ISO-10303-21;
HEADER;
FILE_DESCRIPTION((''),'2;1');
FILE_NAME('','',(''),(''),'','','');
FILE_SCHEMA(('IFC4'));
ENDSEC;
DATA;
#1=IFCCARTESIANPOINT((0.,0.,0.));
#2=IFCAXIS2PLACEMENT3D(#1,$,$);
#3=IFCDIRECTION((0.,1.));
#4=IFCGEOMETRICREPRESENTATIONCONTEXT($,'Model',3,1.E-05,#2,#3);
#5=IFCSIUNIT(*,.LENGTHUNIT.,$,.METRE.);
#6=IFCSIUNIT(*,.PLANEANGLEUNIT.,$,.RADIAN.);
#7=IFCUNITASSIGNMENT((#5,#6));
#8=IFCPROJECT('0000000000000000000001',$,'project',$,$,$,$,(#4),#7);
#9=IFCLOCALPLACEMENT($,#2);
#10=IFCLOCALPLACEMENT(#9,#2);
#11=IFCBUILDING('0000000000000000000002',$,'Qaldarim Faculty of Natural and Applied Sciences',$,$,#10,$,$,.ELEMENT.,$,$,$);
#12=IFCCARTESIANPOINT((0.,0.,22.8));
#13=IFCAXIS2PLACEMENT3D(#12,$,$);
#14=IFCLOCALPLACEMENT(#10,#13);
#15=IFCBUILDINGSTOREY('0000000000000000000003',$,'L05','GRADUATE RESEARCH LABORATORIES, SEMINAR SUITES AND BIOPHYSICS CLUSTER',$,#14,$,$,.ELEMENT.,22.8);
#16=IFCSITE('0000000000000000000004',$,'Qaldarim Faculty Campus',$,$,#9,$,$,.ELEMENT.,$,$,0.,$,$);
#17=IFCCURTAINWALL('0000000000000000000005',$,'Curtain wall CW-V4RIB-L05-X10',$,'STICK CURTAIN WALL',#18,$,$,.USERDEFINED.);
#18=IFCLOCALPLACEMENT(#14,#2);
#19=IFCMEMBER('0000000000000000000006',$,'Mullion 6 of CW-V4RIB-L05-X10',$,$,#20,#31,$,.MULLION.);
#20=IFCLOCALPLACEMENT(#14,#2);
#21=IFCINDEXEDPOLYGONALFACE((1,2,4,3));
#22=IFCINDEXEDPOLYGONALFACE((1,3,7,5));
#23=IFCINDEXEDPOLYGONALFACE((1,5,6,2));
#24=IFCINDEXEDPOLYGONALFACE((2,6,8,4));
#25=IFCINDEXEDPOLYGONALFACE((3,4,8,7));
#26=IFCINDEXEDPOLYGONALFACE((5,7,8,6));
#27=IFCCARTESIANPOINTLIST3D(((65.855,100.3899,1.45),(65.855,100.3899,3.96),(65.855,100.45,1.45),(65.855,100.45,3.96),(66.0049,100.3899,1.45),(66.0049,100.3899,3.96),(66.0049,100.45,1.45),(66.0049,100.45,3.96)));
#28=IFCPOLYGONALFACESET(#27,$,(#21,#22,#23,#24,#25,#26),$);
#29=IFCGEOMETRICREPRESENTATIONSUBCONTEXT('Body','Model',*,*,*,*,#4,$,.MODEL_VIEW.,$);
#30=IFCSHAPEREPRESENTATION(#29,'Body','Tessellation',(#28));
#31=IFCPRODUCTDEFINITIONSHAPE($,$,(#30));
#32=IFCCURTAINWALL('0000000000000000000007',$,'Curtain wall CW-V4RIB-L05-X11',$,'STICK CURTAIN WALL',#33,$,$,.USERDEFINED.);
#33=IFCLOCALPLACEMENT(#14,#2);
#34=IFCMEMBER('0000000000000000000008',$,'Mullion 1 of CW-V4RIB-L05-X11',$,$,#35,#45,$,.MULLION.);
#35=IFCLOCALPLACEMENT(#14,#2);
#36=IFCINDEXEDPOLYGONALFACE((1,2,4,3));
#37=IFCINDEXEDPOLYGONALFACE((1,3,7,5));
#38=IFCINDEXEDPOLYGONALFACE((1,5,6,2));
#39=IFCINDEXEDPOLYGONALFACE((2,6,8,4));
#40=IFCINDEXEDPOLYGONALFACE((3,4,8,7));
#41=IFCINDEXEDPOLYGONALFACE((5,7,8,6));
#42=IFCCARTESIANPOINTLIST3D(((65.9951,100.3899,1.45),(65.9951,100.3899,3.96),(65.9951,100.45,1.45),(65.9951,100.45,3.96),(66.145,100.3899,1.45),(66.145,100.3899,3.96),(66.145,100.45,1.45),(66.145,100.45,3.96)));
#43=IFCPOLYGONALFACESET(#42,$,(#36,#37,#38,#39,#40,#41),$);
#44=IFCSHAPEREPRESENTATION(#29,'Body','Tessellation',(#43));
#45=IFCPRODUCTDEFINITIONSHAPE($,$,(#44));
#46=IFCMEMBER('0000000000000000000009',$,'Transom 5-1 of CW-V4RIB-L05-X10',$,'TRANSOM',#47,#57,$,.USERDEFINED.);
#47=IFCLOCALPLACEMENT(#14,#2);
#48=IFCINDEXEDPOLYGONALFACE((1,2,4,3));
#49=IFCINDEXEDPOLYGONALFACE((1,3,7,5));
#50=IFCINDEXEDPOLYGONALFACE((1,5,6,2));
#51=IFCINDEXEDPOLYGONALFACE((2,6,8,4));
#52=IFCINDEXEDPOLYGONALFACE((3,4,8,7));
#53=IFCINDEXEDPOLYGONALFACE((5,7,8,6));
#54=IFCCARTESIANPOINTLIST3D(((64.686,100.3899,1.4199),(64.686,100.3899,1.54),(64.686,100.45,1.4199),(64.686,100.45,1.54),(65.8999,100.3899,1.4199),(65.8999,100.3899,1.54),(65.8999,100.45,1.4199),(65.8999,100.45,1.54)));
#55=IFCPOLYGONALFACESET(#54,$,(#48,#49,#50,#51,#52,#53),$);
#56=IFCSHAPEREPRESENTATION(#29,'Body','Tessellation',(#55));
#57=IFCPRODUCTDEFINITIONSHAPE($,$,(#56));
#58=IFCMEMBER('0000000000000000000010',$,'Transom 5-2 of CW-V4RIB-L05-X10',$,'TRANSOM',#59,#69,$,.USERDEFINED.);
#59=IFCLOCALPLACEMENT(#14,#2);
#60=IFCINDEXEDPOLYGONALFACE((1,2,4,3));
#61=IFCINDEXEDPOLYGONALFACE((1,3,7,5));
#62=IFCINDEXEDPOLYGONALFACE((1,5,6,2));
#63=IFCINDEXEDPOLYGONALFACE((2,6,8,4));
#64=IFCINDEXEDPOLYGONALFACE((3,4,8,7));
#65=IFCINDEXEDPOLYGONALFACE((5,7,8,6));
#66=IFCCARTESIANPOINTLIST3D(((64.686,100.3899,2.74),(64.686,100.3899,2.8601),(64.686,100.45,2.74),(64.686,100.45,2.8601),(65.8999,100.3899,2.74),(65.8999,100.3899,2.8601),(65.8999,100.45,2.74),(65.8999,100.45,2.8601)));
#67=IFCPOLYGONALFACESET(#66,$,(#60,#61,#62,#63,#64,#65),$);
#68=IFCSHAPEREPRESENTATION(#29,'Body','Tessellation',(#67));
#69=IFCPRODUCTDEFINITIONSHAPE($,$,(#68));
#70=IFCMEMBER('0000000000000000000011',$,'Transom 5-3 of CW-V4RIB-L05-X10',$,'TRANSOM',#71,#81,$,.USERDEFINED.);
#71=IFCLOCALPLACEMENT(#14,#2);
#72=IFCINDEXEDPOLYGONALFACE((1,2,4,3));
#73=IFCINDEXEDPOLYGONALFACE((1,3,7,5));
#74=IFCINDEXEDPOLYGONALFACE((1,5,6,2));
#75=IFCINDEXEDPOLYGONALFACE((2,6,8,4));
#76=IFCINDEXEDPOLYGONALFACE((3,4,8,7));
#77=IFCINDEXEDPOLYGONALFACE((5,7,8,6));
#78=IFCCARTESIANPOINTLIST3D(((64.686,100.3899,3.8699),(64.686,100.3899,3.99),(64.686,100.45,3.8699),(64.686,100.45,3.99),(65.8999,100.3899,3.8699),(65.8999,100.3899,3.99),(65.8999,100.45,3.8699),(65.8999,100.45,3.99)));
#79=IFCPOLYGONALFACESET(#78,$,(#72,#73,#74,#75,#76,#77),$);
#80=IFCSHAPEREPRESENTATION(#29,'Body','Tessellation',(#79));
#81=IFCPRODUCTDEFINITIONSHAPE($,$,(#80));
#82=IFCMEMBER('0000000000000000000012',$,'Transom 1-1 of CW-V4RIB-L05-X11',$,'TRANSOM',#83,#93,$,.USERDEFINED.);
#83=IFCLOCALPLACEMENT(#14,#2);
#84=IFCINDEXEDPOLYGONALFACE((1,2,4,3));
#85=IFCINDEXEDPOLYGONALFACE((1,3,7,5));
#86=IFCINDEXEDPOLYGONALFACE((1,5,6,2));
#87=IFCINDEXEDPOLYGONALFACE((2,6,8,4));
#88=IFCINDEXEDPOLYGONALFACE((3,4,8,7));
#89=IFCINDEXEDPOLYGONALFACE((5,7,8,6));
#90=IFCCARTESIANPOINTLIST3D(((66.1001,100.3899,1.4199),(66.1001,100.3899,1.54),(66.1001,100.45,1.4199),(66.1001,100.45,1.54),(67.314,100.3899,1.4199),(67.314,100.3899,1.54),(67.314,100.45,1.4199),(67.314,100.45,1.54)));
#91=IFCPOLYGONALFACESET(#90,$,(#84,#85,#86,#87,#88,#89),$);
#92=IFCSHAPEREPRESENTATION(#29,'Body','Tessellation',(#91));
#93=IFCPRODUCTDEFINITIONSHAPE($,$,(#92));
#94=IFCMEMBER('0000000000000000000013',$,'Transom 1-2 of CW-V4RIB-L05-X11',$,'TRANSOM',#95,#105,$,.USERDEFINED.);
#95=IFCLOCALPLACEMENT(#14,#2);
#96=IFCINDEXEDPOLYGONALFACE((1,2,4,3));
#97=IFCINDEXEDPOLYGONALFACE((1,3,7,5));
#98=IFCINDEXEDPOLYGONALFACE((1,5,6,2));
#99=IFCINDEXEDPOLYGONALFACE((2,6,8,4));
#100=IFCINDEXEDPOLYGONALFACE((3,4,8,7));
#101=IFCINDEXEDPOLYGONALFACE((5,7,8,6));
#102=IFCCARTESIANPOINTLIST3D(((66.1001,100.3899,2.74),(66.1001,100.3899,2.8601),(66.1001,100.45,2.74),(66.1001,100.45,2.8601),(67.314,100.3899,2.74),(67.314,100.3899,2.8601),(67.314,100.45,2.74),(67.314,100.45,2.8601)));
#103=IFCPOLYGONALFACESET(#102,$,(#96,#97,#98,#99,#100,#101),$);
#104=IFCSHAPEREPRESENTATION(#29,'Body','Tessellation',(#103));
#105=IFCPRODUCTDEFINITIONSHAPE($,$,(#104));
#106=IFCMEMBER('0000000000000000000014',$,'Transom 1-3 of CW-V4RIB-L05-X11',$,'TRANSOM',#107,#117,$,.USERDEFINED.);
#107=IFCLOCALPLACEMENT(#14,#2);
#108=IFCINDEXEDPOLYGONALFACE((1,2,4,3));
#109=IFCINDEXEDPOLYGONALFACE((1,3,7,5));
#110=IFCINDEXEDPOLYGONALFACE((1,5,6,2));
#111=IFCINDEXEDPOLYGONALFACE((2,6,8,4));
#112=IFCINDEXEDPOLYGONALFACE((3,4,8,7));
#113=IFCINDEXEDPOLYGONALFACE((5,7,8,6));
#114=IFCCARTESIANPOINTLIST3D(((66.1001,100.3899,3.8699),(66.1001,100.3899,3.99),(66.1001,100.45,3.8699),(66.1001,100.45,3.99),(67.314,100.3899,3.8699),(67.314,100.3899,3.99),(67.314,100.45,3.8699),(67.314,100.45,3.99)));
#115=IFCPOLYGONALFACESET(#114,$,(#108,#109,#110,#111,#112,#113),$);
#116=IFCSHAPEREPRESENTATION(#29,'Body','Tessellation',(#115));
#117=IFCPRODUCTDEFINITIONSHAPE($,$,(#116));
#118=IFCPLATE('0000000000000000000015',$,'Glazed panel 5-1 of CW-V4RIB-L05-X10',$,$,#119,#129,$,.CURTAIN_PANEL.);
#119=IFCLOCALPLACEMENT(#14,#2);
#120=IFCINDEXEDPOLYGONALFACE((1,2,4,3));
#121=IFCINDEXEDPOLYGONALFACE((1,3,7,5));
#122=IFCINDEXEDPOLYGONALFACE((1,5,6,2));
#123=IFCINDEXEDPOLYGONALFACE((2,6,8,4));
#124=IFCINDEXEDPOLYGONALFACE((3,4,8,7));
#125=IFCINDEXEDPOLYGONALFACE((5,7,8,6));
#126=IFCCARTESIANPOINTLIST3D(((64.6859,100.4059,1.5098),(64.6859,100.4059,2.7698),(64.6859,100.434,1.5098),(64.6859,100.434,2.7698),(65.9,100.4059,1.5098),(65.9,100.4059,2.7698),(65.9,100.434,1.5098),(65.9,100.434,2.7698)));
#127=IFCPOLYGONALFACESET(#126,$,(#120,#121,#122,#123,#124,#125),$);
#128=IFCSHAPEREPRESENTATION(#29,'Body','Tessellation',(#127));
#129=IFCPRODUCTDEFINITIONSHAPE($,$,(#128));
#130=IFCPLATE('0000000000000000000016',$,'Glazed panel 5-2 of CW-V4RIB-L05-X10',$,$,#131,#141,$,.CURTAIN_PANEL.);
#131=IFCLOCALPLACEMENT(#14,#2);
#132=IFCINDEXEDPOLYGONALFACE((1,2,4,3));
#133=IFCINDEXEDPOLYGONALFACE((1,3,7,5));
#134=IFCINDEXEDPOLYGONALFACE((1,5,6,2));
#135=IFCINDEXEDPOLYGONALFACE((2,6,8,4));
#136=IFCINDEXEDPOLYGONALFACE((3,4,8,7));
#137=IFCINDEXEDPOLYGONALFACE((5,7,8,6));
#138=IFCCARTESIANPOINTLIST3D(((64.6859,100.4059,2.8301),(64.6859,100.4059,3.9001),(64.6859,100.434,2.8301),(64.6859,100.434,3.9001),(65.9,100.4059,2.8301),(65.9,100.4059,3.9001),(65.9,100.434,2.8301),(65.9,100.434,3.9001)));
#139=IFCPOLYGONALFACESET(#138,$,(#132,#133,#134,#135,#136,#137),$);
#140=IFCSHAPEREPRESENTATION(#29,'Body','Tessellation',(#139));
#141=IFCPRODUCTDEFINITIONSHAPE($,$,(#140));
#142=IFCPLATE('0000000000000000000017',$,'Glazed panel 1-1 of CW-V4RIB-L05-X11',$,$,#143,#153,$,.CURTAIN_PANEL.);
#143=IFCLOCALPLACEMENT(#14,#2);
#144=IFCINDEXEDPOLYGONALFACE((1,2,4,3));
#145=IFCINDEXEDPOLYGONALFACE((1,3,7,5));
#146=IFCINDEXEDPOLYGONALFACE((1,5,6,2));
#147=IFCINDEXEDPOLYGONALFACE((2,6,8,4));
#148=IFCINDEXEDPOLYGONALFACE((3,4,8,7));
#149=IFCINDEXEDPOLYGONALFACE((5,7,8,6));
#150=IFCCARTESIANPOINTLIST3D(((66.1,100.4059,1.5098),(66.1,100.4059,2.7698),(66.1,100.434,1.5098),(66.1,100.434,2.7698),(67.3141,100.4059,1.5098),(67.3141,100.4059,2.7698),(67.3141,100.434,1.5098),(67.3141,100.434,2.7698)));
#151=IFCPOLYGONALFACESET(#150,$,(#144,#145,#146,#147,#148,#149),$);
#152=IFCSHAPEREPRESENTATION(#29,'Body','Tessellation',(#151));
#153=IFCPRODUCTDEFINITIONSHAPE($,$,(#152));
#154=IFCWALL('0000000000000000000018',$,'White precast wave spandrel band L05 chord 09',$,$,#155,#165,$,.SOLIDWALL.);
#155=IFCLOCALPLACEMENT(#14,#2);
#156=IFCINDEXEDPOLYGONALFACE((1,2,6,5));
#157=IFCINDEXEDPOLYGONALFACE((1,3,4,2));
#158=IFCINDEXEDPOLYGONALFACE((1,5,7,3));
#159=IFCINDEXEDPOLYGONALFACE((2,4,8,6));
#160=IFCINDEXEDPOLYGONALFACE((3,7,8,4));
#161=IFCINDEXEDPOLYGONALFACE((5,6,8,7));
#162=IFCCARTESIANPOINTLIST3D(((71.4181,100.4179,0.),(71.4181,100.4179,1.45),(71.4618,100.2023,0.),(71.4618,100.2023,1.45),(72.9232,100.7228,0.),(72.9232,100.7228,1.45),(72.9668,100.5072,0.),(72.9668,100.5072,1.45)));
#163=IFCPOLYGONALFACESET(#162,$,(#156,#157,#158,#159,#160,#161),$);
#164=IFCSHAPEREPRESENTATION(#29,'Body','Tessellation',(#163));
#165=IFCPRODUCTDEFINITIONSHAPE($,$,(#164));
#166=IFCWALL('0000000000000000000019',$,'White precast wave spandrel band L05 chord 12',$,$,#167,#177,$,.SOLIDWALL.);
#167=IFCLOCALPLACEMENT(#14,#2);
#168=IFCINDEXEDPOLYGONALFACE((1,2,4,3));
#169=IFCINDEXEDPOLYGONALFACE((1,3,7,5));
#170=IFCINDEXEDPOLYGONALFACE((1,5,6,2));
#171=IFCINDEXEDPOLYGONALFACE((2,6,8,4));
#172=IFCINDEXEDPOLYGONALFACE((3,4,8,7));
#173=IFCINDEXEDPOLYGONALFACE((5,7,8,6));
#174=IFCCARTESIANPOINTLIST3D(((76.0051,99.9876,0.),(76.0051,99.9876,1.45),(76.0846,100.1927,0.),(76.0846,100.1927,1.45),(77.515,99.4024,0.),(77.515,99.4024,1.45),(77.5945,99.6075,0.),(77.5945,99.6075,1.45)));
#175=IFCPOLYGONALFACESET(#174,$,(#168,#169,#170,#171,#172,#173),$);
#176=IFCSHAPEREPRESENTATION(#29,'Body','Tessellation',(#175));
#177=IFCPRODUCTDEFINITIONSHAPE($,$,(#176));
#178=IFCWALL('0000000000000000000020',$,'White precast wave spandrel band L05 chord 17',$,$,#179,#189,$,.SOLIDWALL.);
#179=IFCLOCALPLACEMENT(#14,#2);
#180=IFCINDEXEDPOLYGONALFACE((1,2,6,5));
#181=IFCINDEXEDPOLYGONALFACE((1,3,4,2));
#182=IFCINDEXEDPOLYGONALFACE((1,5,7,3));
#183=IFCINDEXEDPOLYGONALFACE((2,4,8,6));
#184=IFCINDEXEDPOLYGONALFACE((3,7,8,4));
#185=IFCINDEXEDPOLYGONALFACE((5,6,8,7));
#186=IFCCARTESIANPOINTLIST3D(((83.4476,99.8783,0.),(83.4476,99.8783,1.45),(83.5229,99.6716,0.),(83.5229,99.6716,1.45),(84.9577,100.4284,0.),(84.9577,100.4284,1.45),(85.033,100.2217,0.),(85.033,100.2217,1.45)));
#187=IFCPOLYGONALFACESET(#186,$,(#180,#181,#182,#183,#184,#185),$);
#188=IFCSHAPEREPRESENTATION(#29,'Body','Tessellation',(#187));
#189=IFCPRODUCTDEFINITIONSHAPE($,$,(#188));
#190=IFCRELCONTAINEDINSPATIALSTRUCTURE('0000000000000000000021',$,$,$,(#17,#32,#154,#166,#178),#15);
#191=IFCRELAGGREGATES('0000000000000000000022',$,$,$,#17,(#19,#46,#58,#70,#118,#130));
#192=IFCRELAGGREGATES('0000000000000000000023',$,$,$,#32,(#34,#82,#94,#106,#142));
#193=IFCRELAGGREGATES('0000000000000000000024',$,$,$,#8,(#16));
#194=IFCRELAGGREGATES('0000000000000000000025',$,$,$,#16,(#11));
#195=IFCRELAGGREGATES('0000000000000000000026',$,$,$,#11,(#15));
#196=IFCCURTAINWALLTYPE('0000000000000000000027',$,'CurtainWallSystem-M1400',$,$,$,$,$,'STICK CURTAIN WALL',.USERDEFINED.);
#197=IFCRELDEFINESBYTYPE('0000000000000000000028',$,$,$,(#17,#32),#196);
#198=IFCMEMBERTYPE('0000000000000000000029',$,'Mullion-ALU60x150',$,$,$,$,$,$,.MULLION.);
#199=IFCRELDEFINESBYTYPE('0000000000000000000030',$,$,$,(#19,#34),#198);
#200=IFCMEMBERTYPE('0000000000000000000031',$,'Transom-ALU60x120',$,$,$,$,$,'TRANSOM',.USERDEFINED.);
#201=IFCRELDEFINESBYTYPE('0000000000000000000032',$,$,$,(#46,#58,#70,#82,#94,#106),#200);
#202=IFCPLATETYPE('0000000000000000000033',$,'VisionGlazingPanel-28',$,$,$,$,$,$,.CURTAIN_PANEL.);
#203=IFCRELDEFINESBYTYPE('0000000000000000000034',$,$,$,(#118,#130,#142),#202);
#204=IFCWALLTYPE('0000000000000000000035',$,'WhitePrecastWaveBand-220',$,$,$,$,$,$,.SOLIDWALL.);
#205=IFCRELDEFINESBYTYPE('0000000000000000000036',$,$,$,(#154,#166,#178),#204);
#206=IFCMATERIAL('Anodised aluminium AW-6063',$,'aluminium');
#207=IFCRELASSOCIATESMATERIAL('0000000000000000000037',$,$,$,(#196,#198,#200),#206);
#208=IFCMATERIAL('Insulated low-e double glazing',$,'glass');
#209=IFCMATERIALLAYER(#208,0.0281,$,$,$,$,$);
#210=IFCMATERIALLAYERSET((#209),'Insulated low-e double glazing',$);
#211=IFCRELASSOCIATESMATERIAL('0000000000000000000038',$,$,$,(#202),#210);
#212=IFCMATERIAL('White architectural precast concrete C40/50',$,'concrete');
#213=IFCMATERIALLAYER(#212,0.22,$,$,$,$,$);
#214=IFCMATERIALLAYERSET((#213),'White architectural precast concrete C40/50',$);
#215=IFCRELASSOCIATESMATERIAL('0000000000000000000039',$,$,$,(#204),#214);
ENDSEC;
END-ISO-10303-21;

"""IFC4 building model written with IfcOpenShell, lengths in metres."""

from ifc_helpers import new_model, si_unit, direction, frame, frame_2d, origin, origin_2d, place, context, subcontext, project, spatial, rectangle, extrude, material, layer, layer_set, material_profile, profile_set, type_object, element, aggregate, save


model = new_model("IFC4")

# Units and contexts
model_context = context("Model", 3, precision=1e-05, world=origin(), true_north=direction((0.0, 1.0)))
body_context = subcontext(model_context, "Body", "Model", "MODEL_VIEW")
ifc_project = project(units=[si_unit("LENGTHUNIT", "METRE"), si_unit("PLANEANGLEUNIT", "RADIAN")], contexts=[model_context])

# Site, building, storey
site_placement = place(None, origin())
site = spatial("IfcSite", under=ifc_project, at=site_placement, Name="Qaldarim Faculty Campus", CompositionType="ELEMENT", RefElevation=0.0)
building_placement = place(site_placement, origin())
building = spatial("IfcBuilding", under=site, at=building_placement, Name="Qaldarim Faculty of Natural and Applied Sciences", CompositionType="ELEMENT")
storey_placement = place(building_placement, frame((0.0, 0.0, 22.8)))
storey = spatial("IfcBuildingStorey", under=building, at=storey_placement, Name="L05", Description="GRADUATE RESEARCH LABORATORIES, SEMINAR SUITES AND BIOPHYSICS CLUSTER", CompositionType="ELEMENT", Elevation=22.8)

# Curtain walls, members
ifc_material_1 = material(Name="Anodised aluminium AW-6063", Category="aluminium")
curtain_wall_type = type_object("IfcCurtainWallType", Name="CurtainWallSystem-M1400", ElementType="STICK CURTAIN WALL", PredefinedType="USERDEFINED", material=ifc_material_1)
curtain_wall_1_placement = place(storey_placement, origin())
curtain_wall_1 = element("IfcCurtainWall", 1, at=curtain_wall_1_placement, inside=storey, type_object=curtain_wall_type, Name="Curtain wall CW-V4RIB-L05-X10", ObjectType="STICK CURTAIN WALL", PredefinedType="USERDEFINED")
ifc_material_profile_1 = material_profile(ifc_material_1, rectangle(XDim=0.0601, YDim=0.1499, at=origin_2d()), Name="ALU-M60x150")
ifc_profile_set_1 = profile_set([ifc_material_profile_1], Name="Anodised aluminium AW-6063")
member_type_1 = type_object("IfcMemberType", Name="Mullion-ALU60x150", PredefinedType="MULLION", material=ifc_profile_set_1)
member_1_placement = place(storey_placement, frame((65.9299, 100.4199, 1.45), z_axis=(0.0, 0.0, 1.0), x_axis=(0.0, 1.0, 0.0)))
member_1 = element("IfcMember", 2, at=member_1_placement, type_object=member_type_1, Name="Mullion 6 of CW-V4RIB-L05-X10", PredefinedType="MULLION", context=body_context, shape_type="SweptSolid", body=[
    extrude(rectangle(XDim=0.0601, YDim=0.1499, at=origin_2d()), origin(), (0.0, 0.0, 1.0), 2.51),
])
curtain_wall_2_placement = place(storey_placement, origin())
curtain_wall_2 = element("IfcCurtainWall", 3, at=curtain_wall_2_placement, inside=storey, type_object=curtain_wall_type, Name="Curtain wall CW-V4RIB-L05-X11", ObjectType="STICK CURTAIN WALL", PredefinedType="USERDEFINED")
member_2_placement = place(storey_placement, frame((66.0701, 100.4199, 1.45), z_axis=(0.0, 0.0, 1.0), x_axis=(0.0, 1.0, 0.0)))
member_2 = element("IfcMember", 4, at=member_2_placement, type_object=member_type_1, Name="Mullion 1 of CW-V4RIB-L05-X11", PredefinedType="MULLION", context=body_context, shape_type="SweptSolid", body=[
    extrude(rectangle(XDim=0.0601, YDim=0.1499, at=origin_2d()), origin(), (0.0, 0.0, 1.0), 2.51),
])

# Members
ifc_material_profile_2 = material_profile(ifc_material_1, rectangle(XDim=0.0601, YDim=0.1201, at=origin_2d()), Name="ALU-T60x120")
ifc_profile_set_2 = profile_set([ifc_material_profile_2], Name="Anodised aluminium AW-6063")
member_type_2 = type_object("IfcMemberType", Name="Transom-ALU60x120", ElementType="TRANSOM", PredefinedType="USERDEFINED", material=ifc_profile_set_2)
member_3_placement = place(storey_placement, frame((64.686, 100.4199, 1.48), z_axis=(1.0, 0.0, 0.0), x_axis=(0.0, 1.0, 0.0)))
member_3 = element("IfcMember", 5, at=member_3_placement, type_object=member_type_2, Name="Transom 5-1 of CW-V4RIB-L05-X10", ObjectType="TRANSOM", PredefinedType="USERDEFINED", context=body_context, shape_type="SweptSolid", body=[
    extrude(rectangle(XDim=0.0601, YDim=0.1201, at=origin_2d()), origin(), (0.0, 0.0, 1.0), 1.2139),
])
member_4_placement = place(storey_placement, frame((64.686, 100.4199, 2.8), z_axis=(1.0, 0.0, 0.0), x_axis=(0.0, 1.0, 0.0)))
member_4 = element("IfcMember", 6, at=member_4_placement, type_object=member_type_2, Name="Transom 5-2 of CW-V4RIB-L05-X10", ObjectType="TRANSOM", PredefinedType="USERDEFINED", context=body_context, shape_type="SweptSolid", body=[
    extrude(rectangle(XDim=0.0601, YDim=0.1201, at=origin_2d()), origin(), (0.0, 0.0, 1.0), 1.2139),
])
member_5_placement = place(storey_placement, frame((64.686, 100.4199, 3.9299), z_axis=(1.0, 0.0, 0.0), x_axis=(0.0, 1.0, 0.0)))
member_5 = element("IfcMember", 7, at=member_5_placement, type_object=member_type_2, Name="Transom 5-3 of CW-V4RIB-L05-X10", ObjectType="TRANSOM", PredefinedType="USERDEFINED", context=body_context, shape_type="SweptSolid", body=[
    extrude(rectangle(XDim=0.0601, YDim=0.1201, at=origin_2d()), origin(), (0.0, 0.0, 1.0), 1.2139),
])
member_6_placement = place(storey_placement, frame((66.1001, 100.4199, 1.48), z_axis=(1.0, 0.0, 0.0), x_axis=(0.0, 1.0, 0.0)))
member_6 = element("IfcMember", 8, at=member_6_placement, type_object=member_type_2, Name="Transom 1-1 of CW-V4RIB-L05-X11", ObjectType="TRANSOM", PredefinedType="USERDEFINED", context=body_context, shape_type="SweptSolid", body=[
    extrude(rectangle(XDim=0.0601, YDim=0.1201, at=origin_2d()), origin(), (0.0, 0.0, 1.0), 1.2139),
])
member_7_placement = place(storey_placement, frame((66.1001, 100.4199, 2.8), z_axis=(1.0, 0.0, 0.0), x_axis=(0.0, 1.0, 0.0)))
member_7 = element("IfcMember", 9, at=member_7_placement, type_object=member_type_2, Name="Transom 1-2 of CW-V4RIB-L05-X11", ObjectType="TRANSOM", PredefinedType="USERDEFINED", context=body_context, shape_type="SweptSolid", body=[
    extrude(rectangle(XDim=0.0601, YDim=0.1201, at=origin_2d()), origin(), (0.0, 0.0, 1.0), 1.2139),
])
member_8_placement = place(storey_placement, frame((66.1001, 100.4199, 3.9299), z_axis=(1.0, 0.0, 0.0), x_axis=(0.0, 1.0, 0.0)))
member_8 = element("IfcMember", 10, at=member_8_placement, type_object=member_type_2, Name="Transom 1-3 of CW-V4RIB-L05-X11", ObjectType="TRANSOM", PredefinedType="USERDEFINED", context=body_context, shape_type="SweptSolid", body=[
    extrude(rectangle(XDim=0.0601, YDim=0.1201, at=origin_2d()), origin(), (0.0, 0.0, 1.0), 1.2139),
])

# Plates
ifc_material_2 = material(Name="Insulated low-e double glazing", Category="glass")
ifc_layer_1 = layer(ifc_material_2, 0.0281)
ifc_layer_set_1 = layer_set([ifc_layer_1], Name="Insulated low-e double glazing")
plate_type = type_object("IfcPlateType", Name="VisionGlazingPanel-28", PredefinedType="CURTAIN_PANEL", material=ifc_layer_set_1)
plate_1_placement = place(storey_placement, frame((65.293, 100.4199, 1.5098), z_axis=(0.0, 0.0, 1.0), x_axis=(1.0, 0.0, 0.0)))
plate_1 = element("IfcPlate", 11, at=plate_1_placement, type_object=plate_type, Name="Glazed panel 5-1 of CW-V4RIB-L05-X10", PredefinedType="CURTAIN_PANEL", context=body_context, shape_type="SweptSolid", body=[
    extrude(rectangle(XDim=1.2141, YDim=0.0281, at=origin_2d()), origin(), (0.0, 0.0, 1.0), 1.26),
])
plate_2_placement = place(storey_placement, frame((65.293, 100.4199, 2.8301), z_axis=(0.0, 0.0, 1.0), x_axis=(1.0, 0.0, 0.0)))
plate_2 = element("IfcPlate", 12, at=plate_2_placement, type_object=plate_type, Name="Glazed panel 5-2 of CW-V4RIB-L05-X10", PredefinedType="CURTAIN_PANEL", context=body_context, shape_type="SweptSolid", body=[
    extrude(rectangle(XDim=1.2141, YDim=0.0281, at=origin_2d()), origin(), (0.0, 0.0, 1.0), 1.0701),
])
aggregate(curtain_wall_1, [member_1, member_3, member_4, member_5, plate_1, plate_2])
plate_3_placement = place(storey_placement, frame((66.707, 100.4199, 1.5098), z_axis=(0.0, 0.0, 1.0), x_axis=(1.0, 0.0, 0.0)))
plate_3 = element("IfcPlate", 13, at=plate_3_placement, type_object=plate_type, Name="Glazed panel 1-1 of CW-V4RIB-L05-X11", PredefinedType="CURTAIN_PANEL", context=body_context, shape_type="SweptSolid", body=[
    extrude(rectangle(XDim=1.2141, YDim=0.0281, at=origin_2d()), origin(), (0.0, 0.0, 1.0), 1.26),
])
aggregate(curtain_wall_2, [member_2, member_6, member_7, member_8, plate_3])

# Walls
ifc_material_3 = material(Name="White architectural precast concrete C40/50", Category="concrete")
ifc_layer_2 = layer(ifc_material_3, 0.22)
ifc_layer_set_2 = layer_set([ifc_layer_2], Name="White architectural precast concrete C40/50")
wall_type = type_object("IfcWallType", Name="WhitePrecastWaveBand-220", PredefinedType="SOLIDWALL", material=ifc_layer_set_2)
wall_1_placement = place(storey_placement, frame((71.4399, 100.3101, 0.0), z_axis=(0.0, 0.0, 1.0), x_axis=(0.980088, 0.198561, 0.0)))
element("IfcWall", 14, at=wall_1_placement, inside=storey, type_object=wall_type, Name="White precast wave spandrel band L05 chord 09", PredefinedType="SOLIDWALL", context=body_context, shape_type="SweptSolid", body=[
    extrude(rectangle(XDim=1.5356, YDim=0.22, at=frame_2d((0.7678, 0.0))), origin(), (0.0, 0.0, 1.0), 1.45),
])
wall_2_placement = place(storey_placement, frame((76.0449, 100.0901, 0.0), z_axis=(0.0, 0.0, 1.0), x_axis=(0.932426, -0.361362, 0.0)))
element("IfcWall", 15, at=wall_2_placement, inside=storey, type_object=wall_type, Name="White precast wave spandrel band L05 chord 12", PredefinedType="SOLIDWALL", context=body_context, shape_type="SweptSolid", body=[
    extrude(rectangle(XDim=1.6194, YDim=0.22, at=frame_2d((0.8096, 0.0))), origin(), (0.0, 0.0, 1.0), 1.45),
])
wall_3_placement = place(storey_placement, frame((83.4851, 99.7749, 0.0), z_axis=(0.0, 0.0, 1.0), x_axis=(0.939603, 0.342268, 0.0)))
element("IfcWall", 16, at=wall_3_placement, inside=storey, type_object=wall_type, Name="White precast wave spandrel band L05 chord 17", PredefinedType="SOLIDWALL", context=body_context, shape_type="SweptSolid", body=[
    extrude(rectangle(XDim=1.6072, YDim=0.22, at=frame_2d((0.8037, 0.0))), origin(), (0.0, 0.0, 1.0), 1.45),
])

save(model, "model.ifc")
